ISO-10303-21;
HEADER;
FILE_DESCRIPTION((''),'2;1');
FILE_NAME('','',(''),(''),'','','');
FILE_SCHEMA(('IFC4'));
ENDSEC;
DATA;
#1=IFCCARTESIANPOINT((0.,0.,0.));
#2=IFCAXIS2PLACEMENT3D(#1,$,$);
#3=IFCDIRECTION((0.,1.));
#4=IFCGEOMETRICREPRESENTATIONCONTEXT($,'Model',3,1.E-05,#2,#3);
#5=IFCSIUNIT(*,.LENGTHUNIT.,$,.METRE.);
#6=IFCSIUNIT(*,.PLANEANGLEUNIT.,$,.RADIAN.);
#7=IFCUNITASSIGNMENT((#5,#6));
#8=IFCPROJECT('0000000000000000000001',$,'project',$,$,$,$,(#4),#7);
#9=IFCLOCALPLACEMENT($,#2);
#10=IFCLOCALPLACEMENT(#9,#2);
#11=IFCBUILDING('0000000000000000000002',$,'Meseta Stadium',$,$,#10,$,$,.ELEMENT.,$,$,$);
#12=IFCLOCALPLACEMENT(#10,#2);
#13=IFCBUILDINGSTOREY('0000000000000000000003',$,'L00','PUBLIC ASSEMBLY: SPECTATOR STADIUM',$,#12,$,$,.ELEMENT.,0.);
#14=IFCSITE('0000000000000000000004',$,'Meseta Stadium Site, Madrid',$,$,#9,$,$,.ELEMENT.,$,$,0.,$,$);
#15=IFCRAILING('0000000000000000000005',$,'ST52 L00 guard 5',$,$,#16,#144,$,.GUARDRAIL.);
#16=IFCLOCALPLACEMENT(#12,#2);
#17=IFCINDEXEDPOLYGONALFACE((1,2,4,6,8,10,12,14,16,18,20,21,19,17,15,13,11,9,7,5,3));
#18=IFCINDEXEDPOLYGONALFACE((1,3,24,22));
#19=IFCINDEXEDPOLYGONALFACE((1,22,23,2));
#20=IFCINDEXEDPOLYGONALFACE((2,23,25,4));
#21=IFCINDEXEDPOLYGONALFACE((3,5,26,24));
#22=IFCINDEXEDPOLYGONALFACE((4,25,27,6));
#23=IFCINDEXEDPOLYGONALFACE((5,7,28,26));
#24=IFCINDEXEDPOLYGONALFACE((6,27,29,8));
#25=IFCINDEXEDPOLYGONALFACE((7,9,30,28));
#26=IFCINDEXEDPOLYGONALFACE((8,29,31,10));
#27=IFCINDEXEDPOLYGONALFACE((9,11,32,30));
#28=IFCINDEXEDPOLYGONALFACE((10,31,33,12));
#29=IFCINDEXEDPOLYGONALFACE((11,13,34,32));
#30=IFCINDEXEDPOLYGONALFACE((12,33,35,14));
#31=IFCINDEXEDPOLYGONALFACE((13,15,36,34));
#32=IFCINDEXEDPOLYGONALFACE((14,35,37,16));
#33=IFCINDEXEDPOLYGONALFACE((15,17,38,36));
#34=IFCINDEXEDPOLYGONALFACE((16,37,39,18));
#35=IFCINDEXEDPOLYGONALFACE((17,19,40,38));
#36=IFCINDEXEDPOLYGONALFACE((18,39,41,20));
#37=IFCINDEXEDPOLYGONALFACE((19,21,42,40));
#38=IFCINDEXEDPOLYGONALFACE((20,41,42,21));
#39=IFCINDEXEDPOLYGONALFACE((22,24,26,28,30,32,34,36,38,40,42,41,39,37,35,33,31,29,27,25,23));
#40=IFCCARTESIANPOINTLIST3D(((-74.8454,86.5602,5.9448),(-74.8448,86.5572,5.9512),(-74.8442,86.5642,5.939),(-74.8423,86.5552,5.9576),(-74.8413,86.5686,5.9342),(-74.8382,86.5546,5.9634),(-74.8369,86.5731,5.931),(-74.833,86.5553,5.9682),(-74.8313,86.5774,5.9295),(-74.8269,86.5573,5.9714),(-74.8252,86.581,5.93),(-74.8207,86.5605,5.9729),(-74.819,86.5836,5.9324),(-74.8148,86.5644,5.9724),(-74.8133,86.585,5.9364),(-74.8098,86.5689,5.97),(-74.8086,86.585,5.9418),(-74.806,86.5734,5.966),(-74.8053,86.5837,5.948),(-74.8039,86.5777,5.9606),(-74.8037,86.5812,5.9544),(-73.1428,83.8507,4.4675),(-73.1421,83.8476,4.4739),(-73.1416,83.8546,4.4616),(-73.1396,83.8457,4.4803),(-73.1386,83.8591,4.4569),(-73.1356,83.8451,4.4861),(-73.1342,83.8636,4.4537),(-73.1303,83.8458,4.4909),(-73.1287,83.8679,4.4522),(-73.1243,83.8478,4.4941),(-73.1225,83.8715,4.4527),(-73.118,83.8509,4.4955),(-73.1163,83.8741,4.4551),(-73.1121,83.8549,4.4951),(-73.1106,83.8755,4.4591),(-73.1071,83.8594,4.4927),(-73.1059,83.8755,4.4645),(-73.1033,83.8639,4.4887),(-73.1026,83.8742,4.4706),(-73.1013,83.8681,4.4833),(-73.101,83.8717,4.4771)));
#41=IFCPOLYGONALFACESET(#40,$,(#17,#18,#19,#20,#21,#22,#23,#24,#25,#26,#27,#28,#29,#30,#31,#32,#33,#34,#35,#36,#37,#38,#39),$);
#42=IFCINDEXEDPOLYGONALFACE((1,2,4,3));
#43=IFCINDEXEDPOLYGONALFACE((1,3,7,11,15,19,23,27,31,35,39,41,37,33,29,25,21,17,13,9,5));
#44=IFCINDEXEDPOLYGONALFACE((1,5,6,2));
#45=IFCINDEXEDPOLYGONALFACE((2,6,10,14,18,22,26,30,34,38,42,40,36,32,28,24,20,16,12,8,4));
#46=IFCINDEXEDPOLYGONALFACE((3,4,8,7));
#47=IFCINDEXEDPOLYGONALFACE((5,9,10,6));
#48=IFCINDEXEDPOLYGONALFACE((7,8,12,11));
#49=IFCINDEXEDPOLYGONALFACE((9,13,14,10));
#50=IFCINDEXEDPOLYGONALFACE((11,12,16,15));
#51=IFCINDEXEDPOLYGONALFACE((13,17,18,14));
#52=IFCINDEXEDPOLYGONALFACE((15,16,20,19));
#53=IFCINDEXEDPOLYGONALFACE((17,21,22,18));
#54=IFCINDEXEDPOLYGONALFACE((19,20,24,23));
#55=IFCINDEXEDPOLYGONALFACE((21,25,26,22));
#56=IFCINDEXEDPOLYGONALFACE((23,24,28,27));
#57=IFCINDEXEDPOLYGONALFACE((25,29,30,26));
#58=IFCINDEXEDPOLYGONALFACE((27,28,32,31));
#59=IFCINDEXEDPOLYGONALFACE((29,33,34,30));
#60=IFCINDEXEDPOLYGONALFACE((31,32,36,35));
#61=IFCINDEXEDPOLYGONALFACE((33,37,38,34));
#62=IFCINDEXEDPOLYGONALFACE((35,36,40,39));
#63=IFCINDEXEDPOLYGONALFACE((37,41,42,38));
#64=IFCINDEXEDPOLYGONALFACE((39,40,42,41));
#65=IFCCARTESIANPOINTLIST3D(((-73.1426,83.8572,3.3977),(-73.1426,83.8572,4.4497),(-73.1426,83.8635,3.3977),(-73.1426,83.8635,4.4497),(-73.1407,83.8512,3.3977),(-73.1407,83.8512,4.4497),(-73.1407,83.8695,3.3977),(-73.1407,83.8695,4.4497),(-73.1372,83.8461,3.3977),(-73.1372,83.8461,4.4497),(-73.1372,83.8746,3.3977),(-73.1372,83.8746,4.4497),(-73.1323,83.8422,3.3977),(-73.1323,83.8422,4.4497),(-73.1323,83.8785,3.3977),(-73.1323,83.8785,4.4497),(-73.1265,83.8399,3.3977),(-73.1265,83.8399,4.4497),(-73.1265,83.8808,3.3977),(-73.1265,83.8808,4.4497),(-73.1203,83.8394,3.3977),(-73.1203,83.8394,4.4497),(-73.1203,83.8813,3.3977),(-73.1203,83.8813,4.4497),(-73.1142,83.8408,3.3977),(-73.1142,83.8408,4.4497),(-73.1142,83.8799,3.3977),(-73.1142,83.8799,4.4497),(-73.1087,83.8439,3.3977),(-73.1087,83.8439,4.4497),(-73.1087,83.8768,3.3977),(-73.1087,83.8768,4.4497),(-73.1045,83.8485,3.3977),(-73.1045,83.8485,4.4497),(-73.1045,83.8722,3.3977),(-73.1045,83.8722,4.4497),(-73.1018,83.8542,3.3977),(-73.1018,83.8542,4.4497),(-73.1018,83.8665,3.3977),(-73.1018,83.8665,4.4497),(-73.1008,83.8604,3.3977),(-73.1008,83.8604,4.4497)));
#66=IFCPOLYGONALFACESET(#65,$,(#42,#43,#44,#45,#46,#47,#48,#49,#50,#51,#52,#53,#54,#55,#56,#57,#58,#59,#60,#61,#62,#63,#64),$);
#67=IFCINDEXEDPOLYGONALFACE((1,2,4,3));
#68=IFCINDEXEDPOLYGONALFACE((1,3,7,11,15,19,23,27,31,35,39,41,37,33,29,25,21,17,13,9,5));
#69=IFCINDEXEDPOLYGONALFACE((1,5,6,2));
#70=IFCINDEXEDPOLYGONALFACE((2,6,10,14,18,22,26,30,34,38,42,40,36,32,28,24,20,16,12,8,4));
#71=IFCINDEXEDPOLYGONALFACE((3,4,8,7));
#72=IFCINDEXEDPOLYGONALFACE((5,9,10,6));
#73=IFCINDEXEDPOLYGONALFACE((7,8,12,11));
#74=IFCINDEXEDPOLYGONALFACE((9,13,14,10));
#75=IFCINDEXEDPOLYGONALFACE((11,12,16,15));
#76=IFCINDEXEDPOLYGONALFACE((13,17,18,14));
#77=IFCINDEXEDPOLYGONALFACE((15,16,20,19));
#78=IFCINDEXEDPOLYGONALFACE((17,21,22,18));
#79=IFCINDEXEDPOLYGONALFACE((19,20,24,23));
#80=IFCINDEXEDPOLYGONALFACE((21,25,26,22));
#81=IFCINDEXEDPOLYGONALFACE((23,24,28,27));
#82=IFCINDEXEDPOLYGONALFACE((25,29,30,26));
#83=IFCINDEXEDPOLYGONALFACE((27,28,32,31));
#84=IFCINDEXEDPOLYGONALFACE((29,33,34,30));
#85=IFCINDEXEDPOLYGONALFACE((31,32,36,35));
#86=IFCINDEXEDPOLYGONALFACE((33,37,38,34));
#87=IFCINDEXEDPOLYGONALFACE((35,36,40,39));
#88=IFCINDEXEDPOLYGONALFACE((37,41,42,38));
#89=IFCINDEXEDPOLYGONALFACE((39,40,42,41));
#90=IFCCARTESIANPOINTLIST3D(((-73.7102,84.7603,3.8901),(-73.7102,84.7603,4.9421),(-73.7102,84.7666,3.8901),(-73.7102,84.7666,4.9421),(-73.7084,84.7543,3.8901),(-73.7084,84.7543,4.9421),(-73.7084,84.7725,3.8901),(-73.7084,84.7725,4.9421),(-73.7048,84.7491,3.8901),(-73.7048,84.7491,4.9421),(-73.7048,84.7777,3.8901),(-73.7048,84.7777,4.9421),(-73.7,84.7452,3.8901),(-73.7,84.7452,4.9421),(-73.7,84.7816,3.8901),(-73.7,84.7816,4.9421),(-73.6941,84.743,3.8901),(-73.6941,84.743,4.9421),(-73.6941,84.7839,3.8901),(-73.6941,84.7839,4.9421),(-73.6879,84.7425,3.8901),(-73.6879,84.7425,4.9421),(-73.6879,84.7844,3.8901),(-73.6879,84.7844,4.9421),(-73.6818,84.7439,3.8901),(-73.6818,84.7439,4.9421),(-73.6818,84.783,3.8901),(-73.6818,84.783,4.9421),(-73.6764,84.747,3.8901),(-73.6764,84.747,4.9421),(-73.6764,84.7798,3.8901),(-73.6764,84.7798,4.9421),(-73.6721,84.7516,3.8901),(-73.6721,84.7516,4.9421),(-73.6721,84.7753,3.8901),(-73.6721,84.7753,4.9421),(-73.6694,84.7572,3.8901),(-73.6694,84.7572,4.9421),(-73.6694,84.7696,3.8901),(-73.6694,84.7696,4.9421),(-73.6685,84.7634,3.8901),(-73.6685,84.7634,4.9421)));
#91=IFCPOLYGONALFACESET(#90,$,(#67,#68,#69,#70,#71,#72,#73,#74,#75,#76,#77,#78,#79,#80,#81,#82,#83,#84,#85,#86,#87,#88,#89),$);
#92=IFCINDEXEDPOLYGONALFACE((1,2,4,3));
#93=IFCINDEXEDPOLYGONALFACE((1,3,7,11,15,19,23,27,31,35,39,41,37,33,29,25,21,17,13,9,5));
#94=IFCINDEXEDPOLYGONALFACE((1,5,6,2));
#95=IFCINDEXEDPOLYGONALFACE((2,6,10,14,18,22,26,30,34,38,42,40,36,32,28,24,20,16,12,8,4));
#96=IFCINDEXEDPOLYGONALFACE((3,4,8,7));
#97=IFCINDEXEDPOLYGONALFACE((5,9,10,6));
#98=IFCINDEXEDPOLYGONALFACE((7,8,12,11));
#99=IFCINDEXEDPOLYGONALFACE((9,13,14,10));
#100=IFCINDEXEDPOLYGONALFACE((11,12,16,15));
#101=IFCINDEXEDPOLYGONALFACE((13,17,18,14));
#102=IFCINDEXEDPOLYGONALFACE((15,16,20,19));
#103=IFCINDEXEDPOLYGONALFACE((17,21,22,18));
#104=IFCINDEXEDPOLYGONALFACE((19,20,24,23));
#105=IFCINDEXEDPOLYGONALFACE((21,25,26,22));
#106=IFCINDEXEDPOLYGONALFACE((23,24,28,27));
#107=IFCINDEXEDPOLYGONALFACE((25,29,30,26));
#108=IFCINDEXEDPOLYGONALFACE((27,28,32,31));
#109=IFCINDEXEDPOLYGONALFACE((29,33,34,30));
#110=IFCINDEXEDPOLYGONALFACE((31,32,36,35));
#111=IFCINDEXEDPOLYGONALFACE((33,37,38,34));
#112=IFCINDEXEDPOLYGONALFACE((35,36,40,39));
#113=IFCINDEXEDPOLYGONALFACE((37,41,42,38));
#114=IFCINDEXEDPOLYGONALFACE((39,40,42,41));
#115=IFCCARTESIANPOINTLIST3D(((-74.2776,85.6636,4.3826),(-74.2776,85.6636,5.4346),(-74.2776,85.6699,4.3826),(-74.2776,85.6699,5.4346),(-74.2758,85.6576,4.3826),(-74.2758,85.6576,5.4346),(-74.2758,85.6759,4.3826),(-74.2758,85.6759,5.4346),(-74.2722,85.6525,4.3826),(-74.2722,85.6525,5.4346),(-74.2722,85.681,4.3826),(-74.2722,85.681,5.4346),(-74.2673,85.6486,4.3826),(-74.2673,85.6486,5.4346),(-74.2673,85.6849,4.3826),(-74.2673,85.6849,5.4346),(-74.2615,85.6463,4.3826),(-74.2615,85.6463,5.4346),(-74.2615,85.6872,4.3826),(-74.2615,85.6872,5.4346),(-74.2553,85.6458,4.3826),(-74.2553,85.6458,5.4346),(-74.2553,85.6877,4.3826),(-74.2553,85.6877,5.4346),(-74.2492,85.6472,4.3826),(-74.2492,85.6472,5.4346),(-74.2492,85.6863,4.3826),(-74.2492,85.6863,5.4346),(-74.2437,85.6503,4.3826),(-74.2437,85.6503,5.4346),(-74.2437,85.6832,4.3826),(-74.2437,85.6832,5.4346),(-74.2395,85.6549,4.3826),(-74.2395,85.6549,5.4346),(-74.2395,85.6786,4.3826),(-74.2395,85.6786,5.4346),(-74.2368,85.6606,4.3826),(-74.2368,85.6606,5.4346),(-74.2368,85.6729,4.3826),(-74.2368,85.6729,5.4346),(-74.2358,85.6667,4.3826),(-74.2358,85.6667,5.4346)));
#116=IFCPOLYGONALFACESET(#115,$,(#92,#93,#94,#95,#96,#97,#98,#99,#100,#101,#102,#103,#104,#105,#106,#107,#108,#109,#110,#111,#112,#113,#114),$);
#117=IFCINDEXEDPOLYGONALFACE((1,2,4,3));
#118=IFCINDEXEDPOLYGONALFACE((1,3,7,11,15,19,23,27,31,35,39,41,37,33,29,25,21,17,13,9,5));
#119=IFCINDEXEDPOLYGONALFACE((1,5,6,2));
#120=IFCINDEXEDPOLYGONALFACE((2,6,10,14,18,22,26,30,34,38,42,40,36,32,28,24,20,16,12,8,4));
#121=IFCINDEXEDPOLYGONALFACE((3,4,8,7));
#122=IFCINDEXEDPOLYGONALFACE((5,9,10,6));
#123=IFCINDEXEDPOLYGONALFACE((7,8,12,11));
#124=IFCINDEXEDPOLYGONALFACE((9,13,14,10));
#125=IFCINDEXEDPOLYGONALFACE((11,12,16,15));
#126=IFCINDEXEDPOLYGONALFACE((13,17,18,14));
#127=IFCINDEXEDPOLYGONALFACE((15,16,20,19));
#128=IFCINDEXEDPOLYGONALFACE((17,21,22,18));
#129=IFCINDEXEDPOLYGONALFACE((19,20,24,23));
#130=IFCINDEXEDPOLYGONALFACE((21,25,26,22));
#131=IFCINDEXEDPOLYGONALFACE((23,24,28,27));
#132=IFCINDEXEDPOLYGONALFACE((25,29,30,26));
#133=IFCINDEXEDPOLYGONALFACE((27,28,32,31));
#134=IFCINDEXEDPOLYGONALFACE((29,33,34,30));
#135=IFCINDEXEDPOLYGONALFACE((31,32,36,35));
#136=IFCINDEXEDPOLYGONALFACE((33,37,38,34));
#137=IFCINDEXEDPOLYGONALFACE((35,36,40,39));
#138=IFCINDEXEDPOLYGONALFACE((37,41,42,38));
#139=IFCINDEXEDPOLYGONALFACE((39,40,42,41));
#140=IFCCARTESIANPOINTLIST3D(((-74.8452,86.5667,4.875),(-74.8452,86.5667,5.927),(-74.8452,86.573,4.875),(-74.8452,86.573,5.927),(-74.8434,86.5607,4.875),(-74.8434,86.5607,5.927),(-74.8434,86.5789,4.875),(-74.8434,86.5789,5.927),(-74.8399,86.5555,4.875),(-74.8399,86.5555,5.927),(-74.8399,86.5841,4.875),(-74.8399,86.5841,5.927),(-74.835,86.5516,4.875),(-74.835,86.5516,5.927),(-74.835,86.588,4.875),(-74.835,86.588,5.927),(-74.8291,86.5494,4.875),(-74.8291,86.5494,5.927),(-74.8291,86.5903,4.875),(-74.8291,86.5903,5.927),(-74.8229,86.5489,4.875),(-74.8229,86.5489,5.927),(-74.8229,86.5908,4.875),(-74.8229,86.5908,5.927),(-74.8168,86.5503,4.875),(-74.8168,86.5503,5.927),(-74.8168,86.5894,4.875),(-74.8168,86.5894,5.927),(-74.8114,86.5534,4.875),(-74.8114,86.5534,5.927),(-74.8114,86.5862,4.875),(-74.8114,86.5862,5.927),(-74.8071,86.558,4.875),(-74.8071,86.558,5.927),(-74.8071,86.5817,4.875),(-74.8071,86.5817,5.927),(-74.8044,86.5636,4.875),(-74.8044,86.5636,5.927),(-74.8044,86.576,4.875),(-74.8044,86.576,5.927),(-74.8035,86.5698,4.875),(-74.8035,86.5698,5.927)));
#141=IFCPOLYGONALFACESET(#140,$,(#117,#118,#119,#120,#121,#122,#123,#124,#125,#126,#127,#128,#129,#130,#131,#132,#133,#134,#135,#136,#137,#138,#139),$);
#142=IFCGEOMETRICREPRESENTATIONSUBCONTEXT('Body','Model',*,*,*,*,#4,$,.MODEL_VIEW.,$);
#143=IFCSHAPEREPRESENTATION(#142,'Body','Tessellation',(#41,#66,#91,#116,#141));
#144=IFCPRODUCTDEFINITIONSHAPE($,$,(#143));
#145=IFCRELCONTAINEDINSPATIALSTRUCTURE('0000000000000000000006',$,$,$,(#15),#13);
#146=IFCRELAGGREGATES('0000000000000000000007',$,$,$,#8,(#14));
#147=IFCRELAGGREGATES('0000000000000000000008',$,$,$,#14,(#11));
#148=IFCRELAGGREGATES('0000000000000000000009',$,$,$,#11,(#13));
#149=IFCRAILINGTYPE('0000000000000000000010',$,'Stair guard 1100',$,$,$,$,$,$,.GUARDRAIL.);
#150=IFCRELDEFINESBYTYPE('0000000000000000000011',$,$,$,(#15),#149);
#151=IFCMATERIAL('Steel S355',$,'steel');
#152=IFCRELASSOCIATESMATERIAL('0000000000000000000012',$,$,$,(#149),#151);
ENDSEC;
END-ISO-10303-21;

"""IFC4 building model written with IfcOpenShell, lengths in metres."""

from ifc_helpers import new_model, si_unit, direction, frame, origin, origin_2d, place, context, subcontext, project, spatial, circle, extrude, material, type_object, element, save


model = new_model("IFC4")

# Units and contexts
model_context = context("Model", 3, precision=1e-05, world=origin(), true_north=direction((0.0, 1.0)))
body_context = subcontext(model_context, "Body", "Model", "MODEL_VIEW")
ifc_project = project(units=[si_unit("LENGTHUNIT", "METRE"), si_unit("PLANEANGLEUNIT", "RADIAN")], contexts=[model_context])

# Site, building, storey
site_placement = place(None, origin())
site = spatial("IfcSite", under=ifc_project, at=site_placement, Name="Meseta Stadium Site, Madrid", CompositionType="ELEMENT", RefElevation=0.0)
building_placement = place(site_placement, origin())
building = spatial("IfcBuilding", under=site, at=building_placement, Name="Meseta Stadium", CompositionType="ELEMENT")
storey_placement = place(building_placement, origin())
storey = spatial("IfcBuildingStorey", under=building, at=storey_placement, Name="L00", Description="PUBLIC ASSEMBLY: SPECTATOR STADIUM", CompositionType="ELEMENT", Elevation=0.0)

# Railing
ifc_material_1 = material(Name="Steel S355", Category="steel")
railing_type_1 = type_object("IfcRailingType", Name="Stair guard 1100", PredefinedType="GUARDRAIL", material=ifc_material_1)
railing_1_placement = place(storey_placement, frame((-73.1218, 83.8604, 3.3977)))
element("IfcRailing", 1, at=railing_1_placement, inside=storey, type_object=railing_type_1, Name="ST52 L00 guard 5", PredefinedType="GUARDRAIL", context=body_context, shape_type="SweptSolid", body=[
    extrude(circle(Radius=0.0239, at=origin_2d()), frame((0.0, 0.0, 1.0762), z_axis=(-0.483076, 0.768738, 0.419142), x_axis=(-0.846701, -0.532068, 0.0)), (0.0, 0.0, 1.0), 3.5247),
    extrude(circle(Radius=0.021, at=origin_2d()), origin(), (0.0, 0.0, 1.0), 1.052),
    extrude(circle(Radius=0.021, at=origin_2d()), frame((-0.5676, 0.9031, 0.4924)), (0.0, 0.0, 1.0), 1.052),
    extrude(circle(Radius=0.021, at=origin_2d()), frame((-1.135, 1.8064, 0.9849)), (0.0, 0.0, 1.0), 1.052),
    extrude(circle(Radius=0.021, at=origin_2d()), frame((-1.7026, 2.7095, 1.4773)), (0.0, 0.0, 1.0), 1.052),
])

save(model, "model.ifc")
